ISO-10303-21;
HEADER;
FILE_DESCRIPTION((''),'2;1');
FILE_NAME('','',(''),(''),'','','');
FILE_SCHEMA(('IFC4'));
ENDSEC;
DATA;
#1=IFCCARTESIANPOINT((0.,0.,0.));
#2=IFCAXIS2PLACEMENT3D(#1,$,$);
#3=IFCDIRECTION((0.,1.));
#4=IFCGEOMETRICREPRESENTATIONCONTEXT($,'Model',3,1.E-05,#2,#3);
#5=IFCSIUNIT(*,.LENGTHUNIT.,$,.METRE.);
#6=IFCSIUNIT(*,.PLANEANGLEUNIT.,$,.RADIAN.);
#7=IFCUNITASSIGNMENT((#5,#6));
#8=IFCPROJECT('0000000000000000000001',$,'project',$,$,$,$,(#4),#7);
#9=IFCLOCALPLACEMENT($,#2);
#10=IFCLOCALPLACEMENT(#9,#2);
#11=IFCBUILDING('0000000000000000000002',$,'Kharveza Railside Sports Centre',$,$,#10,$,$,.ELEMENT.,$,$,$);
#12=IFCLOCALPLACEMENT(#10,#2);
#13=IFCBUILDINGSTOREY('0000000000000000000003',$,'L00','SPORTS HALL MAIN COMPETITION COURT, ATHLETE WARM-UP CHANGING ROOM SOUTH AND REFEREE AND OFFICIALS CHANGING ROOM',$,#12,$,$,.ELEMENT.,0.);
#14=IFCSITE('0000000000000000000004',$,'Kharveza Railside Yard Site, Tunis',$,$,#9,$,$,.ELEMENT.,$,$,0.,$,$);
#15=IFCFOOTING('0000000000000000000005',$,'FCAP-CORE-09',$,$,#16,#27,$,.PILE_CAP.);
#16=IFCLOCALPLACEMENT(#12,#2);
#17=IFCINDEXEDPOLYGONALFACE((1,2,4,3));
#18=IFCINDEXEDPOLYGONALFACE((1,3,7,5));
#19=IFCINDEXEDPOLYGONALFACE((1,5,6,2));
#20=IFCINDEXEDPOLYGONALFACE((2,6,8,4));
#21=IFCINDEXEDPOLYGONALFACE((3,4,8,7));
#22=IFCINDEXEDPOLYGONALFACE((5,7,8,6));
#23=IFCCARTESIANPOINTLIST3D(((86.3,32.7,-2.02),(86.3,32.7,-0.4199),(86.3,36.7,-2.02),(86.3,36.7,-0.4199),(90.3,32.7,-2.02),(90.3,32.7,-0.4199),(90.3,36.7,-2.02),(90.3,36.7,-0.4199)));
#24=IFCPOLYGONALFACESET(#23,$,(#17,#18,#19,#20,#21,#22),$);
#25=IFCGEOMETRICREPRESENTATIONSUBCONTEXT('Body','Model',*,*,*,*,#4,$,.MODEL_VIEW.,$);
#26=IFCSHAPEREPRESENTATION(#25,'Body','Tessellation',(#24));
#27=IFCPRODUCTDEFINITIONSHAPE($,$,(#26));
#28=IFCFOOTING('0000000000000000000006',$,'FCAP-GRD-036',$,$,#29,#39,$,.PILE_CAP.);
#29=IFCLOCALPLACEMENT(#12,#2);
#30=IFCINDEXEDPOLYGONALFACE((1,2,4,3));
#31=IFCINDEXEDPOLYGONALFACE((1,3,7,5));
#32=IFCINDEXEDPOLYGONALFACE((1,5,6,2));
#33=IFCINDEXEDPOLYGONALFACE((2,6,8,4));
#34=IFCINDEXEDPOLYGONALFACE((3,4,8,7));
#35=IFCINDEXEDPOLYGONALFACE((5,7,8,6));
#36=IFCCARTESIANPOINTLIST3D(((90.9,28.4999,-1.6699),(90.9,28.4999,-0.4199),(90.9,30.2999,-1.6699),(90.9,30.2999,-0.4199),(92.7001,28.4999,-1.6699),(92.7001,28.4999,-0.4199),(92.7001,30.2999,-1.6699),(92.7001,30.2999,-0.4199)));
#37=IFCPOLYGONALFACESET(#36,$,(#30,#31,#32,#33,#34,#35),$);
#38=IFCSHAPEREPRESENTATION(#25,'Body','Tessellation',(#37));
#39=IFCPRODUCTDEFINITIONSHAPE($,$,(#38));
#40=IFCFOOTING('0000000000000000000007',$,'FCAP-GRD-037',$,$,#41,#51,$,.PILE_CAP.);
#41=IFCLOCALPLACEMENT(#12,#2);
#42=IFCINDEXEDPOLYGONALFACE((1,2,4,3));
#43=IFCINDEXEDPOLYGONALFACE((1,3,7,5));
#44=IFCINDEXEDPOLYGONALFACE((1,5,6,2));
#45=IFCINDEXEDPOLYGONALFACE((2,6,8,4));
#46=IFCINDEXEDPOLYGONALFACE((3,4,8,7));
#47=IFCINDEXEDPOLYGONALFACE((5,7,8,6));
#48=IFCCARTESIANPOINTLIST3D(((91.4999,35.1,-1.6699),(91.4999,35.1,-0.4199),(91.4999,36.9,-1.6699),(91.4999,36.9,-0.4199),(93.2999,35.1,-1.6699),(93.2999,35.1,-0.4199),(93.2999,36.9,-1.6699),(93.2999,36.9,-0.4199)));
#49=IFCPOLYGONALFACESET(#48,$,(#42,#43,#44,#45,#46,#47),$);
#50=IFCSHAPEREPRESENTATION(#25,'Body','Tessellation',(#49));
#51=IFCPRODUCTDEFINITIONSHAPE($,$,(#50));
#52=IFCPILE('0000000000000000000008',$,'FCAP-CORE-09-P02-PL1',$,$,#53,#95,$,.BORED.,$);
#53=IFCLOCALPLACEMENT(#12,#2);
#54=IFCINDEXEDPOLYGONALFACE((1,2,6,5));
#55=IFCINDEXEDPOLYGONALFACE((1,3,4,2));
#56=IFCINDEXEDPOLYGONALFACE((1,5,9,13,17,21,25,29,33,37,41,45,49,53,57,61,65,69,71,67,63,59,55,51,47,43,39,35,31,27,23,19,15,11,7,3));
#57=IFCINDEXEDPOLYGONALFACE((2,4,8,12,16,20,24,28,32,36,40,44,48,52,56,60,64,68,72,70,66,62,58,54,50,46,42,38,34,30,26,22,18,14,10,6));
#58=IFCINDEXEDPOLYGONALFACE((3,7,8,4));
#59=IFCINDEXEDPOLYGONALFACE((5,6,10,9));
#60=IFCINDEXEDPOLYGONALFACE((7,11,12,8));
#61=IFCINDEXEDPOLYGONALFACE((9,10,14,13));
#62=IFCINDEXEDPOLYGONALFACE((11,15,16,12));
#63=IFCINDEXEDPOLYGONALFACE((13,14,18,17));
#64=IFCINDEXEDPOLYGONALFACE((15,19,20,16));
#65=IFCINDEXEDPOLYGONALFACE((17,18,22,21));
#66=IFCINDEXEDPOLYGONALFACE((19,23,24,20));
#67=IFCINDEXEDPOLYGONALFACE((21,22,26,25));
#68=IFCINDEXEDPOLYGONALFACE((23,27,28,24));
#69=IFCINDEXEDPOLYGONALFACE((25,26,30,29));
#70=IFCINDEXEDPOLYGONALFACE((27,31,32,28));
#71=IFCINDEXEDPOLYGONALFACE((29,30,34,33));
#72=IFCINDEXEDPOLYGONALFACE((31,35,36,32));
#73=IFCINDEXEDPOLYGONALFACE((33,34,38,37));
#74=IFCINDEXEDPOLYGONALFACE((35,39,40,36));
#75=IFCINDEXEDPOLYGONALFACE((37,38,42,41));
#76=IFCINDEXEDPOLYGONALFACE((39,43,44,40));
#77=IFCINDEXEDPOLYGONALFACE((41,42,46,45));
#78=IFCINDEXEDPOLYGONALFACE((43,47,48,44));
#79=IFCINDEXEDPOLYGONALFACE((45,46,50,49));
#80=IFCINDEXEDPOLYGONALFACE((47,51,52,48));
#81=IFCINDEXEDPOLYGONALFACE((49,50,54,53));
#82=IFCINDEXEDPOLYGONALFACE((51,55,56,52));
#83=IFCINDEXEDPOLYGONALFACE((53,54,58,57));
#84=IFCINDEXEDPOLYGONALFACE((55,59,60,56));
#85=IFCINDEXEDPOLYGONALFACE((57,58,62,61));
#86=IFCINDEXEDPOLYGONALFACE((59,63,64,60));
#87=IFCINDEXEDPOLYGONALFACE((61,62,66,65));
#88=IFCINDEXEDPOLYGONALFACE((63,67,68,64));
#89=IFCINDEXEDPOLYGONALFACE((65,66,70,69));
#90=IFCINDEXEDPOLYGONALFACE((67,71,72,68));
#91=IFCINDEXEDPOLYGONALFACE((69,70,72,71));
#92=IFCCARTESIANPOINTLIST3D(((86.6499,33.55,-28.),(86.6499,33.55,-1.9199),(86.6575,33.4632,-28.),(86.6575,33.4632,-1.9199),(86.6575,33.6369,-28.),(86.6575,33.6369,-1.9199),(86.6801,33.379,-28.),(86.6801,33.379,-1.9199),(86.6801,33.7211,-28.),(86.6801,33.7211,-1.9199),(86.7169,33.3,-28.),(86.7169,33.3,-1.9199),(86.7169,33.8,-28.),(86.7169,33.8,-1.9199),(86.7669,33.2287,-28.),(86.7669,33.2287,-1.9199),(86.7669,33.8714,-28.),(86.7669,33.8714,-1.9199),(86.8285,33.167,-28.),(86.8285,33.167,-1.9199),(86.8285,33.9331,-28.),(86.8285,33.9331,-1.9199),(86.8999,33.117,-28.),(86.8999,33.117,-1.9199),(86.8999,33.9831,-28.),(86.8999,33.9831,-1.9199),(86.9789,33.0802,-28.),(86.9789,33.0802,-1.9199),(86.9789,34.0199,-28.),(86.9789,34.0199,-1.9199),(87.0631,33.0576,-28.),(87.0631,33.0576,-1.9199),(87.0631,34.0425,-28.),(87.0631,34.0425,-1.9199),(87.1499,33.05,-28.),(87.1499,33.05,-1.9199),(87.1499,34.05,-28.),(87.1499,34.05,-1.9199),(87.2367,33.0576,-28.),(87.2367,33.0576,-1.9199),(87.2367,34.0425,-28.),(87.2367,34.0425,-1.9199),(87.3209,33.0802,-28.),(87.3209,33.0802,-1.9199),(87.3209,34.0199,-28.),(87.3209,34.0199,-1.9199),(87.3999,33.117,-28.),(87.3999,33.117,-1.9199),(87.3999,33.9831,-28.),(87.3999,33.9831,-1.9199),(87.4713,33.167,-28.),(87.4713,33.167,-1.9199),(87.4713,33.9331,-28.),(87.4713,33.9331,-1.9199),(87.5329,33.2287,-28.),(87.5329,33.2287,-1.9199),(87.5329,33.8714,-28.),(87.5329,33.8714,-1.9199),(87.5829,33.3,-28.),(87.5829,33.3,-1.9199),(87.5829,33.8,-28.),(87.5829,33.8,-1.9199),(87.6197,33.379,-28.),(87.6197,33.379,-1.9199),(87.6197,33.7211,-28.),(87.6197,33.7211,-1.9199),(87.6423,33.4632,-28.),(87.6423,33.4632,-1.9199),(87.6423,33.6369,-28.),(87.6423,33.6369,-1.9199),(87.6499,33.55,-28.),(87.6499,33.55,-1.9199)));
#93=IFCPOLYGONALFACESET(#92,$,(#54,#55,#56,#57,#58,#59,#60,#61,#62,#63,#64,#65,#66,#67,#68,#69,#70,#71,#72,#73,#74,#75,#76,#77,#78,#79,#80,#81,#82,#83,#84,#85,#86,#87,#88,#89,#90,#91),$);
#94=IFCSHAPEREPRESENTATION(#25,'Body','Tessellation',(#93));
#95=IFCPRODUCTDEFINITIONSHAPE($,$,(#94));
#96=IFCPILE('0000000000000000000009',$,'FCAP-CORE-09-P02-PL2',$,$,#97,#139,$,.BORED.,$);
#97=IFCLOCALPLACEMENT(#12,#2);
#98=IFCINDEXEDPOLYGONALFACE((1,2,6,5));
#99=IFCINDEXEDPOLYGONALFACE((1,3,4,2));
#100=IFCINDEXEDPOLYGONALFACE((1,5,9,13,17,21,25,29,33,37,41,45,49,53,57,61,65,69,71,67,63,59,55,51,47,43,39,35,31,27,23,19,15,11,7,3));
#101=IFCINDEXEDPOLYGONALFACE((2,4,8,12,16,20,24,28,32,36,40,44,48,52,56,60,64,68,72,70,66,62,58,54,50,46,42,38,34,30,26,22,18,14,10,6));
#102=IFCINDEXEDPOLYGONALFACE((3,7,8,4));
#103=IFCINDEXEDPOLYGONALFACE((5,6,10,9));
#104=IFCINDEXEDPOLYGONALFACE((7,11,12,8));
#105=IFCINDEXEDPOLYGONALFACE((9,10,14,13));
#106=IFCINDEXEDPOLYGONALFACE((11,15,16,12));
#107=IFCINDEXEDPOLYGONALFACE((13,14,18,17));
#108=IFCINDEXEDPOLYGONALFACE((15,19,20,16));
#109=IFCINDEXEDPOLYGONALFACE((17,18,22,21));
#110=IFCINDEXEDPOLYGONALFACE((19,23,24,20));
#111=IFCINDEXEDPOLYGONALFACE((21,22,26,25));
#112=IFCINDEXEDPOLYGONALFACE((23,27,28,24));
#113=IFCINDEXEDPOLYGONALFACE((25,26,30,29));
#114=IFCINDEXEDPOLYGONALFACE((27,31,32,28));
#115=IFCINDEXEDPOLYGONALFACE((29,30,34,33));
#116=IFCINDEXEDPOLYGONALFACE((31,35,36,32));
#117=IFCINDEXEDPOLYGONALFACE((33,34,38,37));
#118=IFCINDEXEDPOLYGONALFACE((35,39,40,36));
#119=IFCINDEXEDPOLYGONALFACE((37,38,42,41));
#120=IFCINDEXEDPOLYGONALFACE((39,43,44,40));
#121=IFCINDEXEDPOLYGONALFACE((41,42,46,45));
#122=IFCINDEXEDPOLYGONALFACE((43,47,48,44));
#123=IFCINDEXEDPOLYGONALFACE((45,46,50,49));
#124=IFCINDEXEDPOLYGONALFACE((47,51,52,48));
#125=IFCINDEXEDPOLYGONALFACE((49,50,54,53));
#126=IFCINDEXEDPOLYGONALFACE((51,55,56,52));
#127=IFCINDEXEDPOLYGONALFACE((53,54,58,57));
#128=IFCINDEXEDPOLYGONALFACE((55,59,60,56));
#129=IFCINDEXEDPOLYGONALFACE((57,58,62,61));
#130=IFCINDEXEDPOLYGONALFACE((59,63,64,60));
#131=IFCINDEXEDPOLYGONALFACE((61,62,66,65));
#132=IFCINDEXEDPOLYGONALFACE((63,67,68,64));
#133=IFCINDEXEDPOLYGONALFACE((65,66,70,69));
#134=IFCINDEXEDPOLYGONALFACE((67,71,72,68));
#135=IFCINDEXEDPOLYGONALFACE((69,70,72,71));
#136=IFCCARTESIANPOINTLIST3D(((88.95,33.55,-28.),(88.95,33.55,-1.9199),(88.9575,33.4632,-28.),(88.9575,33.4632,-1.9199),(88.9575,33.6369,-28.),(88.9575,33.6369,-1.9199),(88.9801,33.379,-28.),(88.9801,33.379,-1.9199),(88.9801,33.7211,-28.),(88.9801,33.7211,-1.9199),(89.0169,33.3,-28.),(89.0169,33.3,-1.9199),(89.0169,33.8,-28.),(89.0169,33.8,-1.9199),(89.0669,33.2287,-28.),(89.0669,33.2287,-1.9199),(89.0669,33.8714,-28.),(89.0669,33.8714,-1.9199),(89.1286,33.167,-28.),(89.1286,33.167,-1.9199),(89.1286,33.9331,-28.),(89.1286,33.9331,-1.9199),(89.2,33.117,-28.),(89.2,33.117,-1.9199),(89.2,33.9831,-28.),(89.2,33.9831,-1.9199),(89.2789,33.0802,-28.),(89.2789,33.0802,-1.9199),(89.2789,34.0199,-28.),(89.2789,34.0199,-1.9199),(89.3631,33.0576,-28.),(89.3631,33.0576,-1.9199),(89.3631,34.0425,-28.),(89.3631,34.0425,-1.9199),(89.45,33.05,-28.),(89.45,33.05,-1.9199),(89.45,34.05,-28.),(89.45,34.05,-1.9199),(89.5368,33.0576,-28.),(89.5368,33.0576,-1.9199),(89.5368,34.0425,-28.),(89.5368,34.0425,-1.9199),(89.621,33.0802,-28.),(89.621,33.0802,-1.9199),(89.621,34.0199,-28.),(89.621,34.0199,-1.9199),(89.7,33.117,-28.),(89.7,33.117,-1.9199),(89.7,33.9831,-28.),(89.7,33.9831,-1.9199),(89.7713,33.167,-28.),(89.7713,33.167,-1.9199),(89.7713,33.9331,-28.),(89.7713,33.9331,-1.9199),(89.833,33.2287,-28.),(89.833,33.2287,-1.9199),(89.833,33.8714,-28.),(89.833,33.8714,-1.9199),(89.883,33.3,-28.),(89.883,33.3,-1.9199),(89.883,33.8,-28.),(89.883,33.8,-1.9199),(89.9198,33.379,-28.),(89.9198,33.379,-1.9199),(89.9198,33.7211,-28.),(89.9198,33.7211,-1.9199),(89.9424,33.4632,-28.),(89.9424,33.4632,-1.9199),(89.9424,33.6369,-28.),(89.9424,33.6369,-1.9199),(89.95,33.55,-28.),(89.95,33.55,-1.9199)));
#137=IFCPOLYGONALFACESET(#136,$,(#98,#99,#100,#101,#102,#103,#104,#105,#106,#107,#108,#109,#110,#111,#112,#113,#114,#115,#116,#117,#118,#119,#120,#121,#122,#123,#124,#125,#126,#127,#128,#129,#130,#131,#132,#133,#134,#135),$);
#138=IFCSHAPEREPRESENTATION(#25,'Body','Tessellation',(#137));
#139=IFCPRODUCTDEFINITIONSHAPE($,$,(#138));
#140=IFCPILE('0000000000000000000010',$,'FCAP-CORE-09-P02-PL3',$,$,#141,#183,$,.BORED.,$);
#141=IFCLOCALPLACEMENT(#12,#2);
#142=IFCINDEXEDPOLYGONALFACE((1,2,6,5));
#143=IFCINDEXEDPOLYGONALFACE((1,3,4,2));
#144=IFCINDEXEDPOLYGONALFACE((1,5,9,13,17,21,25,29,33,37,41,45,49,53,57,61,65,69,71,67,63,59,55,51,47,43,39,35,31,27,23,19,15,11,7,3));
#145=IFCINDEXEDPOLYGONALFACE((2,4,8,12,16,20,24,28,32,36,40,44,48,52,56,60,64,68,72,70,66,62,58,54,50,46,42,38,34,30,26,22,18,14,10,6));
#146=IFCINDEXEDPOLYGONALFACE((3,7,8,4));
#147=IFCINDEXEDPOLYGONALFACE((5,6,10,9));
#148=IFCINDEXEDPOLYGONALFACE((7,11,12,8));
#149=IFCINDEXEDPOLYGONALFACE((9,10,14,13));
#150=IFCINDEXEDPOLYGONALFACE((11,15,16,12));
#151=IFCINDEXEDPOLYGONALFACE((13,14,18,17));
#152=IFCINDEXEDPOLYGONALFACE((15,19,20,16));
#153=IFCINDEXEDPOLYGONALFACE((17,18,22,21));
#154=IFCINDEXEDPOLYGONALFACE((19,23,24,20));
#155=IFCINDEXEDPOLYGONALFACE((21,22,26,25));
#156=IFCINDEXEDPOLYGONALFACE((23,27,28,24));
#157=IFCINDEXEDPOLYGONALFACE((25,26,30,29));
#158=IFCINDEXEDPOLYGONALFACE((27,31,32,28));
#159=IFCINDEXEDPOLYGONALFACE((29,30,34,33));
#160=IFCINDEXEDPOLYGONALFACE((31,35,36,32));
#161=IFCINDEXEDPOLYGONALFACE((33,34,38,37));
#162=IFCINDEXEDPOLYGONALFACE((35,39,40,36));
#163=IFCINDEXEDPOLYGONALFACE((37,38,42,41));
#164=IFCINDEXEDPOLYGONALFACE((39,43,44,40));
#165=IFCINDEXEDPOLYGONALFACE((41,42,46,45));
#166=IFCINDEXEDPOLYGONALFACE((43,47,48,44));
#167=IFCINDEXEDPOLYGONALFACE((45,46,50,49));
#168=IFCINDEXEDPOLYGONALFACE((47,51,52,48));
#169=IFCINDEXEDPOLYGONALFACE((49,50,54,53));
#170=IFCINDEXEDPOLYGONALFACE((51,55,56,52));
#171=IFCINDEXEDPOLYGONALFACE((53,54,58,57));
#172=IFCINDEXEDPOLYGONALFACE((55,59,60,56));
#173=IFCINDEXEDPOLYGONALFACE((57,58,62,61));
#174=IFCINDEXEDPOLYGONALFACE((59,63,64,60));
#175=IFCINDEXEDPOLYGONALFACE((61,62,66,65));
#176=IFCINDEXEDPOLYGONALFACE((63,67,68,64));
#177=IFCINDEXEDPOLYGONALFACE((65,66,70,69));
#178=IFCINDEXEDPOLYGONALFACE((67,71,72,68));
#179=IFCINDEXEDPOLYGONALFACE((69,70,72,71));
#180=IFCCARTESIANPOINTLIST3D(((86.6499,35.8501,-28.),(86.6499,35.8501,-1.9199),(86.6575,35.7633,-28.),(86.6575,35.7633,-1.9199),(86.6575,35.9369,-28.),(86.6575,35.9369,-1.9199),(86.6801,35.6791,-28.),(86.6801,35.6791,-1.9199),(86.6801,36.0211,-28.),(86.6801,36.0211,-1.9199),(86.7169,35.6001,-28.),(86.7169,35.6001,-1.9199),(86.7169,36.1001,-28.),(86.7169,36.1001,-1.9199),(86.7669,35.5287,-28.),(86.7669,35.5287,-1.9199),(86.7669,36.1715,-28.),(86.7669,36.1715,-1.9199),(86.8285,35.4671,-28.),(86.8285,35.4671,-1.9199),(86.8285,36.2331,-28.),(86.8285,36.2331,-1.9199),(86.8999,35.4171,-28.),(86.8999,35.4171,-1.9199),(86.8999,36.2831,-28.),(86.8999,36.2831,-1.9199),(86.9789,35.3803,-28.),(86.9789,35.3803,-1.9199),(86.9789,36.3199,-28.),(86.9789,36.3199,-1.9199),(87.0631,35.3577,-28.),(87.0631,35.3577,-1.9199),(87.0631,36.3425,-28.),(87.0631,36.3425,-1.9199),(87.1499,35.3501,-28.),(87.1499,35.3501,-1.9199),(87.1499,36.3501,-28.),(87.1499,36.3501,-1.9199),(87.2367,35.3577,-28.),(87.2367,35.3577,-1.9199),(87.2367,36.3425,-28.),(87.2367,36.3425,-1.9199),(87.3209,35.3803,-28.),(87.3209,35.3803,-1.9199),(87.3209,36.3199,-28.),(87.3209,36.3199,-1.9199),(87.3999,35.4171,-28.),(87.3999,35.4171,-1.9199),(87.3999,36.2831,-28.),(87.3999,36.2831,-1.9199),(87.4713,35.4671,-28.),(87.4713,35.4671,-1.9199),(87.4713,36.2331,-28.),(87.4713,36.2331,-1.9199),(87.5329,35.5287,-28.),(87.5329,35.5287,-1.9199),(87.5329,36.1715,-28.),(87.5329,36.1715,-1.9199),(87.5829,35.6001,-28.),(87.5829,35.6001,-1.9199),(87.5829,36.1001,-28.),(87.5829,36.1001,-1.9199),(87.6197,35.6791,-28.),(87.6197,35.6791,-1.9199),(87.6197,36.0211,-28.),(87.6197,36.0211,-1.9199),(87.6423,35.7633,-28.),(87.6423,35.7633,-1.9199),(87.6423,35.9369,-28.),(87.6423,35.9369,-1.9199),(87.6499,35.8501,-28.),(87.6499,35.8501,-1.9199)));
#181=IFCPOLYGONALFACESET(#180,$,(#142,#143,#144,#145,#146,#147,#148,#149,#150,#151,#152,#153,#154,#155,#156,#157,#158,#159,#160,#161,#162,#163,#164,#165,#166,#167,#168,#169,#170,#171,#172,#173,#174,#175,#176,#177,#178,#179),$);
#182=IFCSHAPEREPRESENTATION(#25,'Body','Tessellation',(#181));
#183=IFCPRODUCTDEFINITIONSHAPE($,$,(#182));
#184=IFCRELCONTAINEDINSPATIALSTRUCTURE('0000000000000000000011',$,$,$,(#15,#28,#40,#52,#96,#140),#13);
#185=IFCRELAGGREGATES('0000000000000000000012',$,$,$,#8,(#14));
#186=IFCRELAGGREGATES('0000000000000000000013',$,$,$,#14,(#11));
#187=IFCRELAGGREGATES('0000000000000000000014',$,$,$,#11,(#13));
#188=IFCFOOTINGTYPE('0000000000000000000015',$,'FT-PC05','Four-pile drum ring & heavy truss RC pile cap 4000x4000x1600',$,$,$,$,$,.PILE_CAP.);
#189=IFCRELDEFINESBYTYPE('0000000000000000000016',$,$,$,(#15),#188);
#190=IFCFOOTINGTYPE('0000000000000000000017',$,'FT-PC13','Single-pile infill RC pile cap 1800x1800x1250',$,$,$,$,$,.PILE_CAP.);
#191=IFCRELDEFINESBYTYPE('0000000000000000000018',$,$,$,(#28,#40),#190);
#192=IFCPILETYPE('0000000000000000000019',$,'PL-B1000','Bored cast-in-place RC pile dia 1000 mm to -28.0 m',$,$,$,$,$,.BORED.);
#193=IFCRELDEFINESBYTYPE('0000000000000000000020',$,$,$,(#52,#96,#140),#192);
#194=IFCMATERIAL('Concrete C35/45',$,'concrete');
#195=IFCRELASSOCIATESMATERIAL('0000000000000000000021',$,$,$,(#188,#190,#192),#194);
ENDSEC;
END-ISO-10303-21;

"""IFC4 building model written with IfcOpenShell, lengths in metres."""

from ifc_helpers import new_model, si_unit, direction, frame, origin, origin_2d, place, context, subcontext, project, spatial, rectangle, circle, extrude, material, material_profile, profile_set, type_object, element, save


model = new_model("IFC4")

# Units and contexts
model_context = context("Model", 3, precision=1e-05, world=origin(), true_north=direction((0.0, 1.0)))
body_context = subcontext(model_context, "Body", "Model", "MODEL_VIEW")
ifc_project = project(units=[si_unit("LENGTHUNIT", "METRE"), si_unit("PLANEANGLEUNIT", "RADIAN")], contexts=[model_context])

# Site, building, storey
site_placement = place(None, origin())
site = spatial("IfcSite", under=ifc_project, at=site_placement, Name="Kharveza Railside Yard Site, Tunis", CompositionType="ELEMENT", RefElevation=0.0)
building_placement = place(site_placement, origin())
building = spatial("IfcBuilding", under=site, at=building_placement, Name="Kharveza Railside Sports Centre", CompositionType="ELEMENT")
storey_placement = place(building_placement, origin())
storey = spatial("IfcBuildingStorey", under=building, at=storey_placement, Name="L00", Description="SPORTS HALL MAIN COMPETITION COURT, ATHLETE WARM-UP CHANGING ROOM SOUTH AND REFEREE AND OFFICIALS CHANGING ROOM", CompositionType="ELEMENT", Elevation=0.0)

# Footings
ifc_material_1 = material(Name="Concrete C35/45", Category="concrete")
footing_type_1 = type_object("IfcFootingType", Name="FT-PC05", Description="Four-pile drum ring & heavy truss RC pile cap 4000x4000x1600", PredefinedType="PILE_CAP", material=ifc_material_1)
footing_placement = place(storey_placement, frame((88.3, 34.7, -2.02), z_axis=(0.0, 0.0, 1.0), x_axis=(1.0, 0.0, 0.0)))
element("IfcFooting", 1, at=footing_placement, inside=storey, type_object=footing_type_1, Name="FCAP-CORE-09", PredefinedType="PILE_CAP", context=body_context, shape_type="SweptSolid", body=[
    extrude(rectangle(XDim=4.0, YDim=4.0, at=origin_2d()), origin(), (0.0, 0.0, 1.0), 1.6001),
])
footing_type_2 = type_object("IfcFootingType", Name="FT-PC13", Description="Single-pile infill RC pile cap 1800x1800x1250", PredefinedType="PILE_CAP", material=ifc_material_1)
for number, where, z_axis, x_axis, name in (
    (2, (91.8, 29.3999, -1.6699), (0.0, 0.0, 1.0), (1.0, 0.0, 0.0), "FCAP-GRD-036"),
    (3, (92.3999, 36.0, -1.6699), (0.0, 0.0, 1.0), (1.0, 0.0, 0.0), "FCAP-GRD-037"),
):
    element("IfcFooting", number, at=place(storey_placement, frame(where, z_axis=z_axis, x_axis=x_axis)), inside=storey, type_object=footing_type_2, Name=name, PredefinedType="PILE_CAP", context=body_context, shape_type="SweptSolid", body=[
        extrude(rectangle(XDim=1.8, YDim=1.8, at=origin_2d()), origin(), (0.0, 0.0, 1.0), 1.25),
    ])

# Piles
ifc_material_profile_1 = material_profile(ifc_material_1, circle(Radius=0.5, at=origin_2d()), Name="PILE D1000")
ifc_profile_set_1 = profile_set([ifc_material_profile_1], Name="Concrete C35/45")
pile_type_1 = type_object("IfcPileType", Name="PL-B1000", Description="Bored cast-in-place RC pile dia 1000 mm to -28.0 m", PredefinedType="BORED", material=ifc_profile_set_1)
for number, where, z_axis, x_axis, name in (
    (4, (87.1499, 33.55, -1.9199), (0.0, 0.0, -1.0), (1.0, 0.0, 0.0), "FCAP-CORE-09-P02-PL1"),
    (5, (89.45, 33.55, -1.9199), (0.0, 0.0, -1.0), (1.0, 0.0, 0.0), "FCAP-CORE-09-P02-PL2"),
    (6, (87.1499, 35.8501, -1.9199), (0.0, 0.0, -1.0), (1.0, 0.0, 0.0), "FCAP-CORE-09-P02-PL3"),
):
    element("IfcPile", number, at=place(storey_placement, frame(where, z_axis=z_axis, x_axis=x_axis)), inside=storey, type_object=pile_type_1, Name=name, PredefinedType="BORED", context=body_context, shape_type="SweptSolid", body=[
        extrude(circle(Radius=0.5, at=origin_2d()), origin(), (0.0, 0.0, 1.0), 26.0801),
    ])

save(model, "model.ifc")
